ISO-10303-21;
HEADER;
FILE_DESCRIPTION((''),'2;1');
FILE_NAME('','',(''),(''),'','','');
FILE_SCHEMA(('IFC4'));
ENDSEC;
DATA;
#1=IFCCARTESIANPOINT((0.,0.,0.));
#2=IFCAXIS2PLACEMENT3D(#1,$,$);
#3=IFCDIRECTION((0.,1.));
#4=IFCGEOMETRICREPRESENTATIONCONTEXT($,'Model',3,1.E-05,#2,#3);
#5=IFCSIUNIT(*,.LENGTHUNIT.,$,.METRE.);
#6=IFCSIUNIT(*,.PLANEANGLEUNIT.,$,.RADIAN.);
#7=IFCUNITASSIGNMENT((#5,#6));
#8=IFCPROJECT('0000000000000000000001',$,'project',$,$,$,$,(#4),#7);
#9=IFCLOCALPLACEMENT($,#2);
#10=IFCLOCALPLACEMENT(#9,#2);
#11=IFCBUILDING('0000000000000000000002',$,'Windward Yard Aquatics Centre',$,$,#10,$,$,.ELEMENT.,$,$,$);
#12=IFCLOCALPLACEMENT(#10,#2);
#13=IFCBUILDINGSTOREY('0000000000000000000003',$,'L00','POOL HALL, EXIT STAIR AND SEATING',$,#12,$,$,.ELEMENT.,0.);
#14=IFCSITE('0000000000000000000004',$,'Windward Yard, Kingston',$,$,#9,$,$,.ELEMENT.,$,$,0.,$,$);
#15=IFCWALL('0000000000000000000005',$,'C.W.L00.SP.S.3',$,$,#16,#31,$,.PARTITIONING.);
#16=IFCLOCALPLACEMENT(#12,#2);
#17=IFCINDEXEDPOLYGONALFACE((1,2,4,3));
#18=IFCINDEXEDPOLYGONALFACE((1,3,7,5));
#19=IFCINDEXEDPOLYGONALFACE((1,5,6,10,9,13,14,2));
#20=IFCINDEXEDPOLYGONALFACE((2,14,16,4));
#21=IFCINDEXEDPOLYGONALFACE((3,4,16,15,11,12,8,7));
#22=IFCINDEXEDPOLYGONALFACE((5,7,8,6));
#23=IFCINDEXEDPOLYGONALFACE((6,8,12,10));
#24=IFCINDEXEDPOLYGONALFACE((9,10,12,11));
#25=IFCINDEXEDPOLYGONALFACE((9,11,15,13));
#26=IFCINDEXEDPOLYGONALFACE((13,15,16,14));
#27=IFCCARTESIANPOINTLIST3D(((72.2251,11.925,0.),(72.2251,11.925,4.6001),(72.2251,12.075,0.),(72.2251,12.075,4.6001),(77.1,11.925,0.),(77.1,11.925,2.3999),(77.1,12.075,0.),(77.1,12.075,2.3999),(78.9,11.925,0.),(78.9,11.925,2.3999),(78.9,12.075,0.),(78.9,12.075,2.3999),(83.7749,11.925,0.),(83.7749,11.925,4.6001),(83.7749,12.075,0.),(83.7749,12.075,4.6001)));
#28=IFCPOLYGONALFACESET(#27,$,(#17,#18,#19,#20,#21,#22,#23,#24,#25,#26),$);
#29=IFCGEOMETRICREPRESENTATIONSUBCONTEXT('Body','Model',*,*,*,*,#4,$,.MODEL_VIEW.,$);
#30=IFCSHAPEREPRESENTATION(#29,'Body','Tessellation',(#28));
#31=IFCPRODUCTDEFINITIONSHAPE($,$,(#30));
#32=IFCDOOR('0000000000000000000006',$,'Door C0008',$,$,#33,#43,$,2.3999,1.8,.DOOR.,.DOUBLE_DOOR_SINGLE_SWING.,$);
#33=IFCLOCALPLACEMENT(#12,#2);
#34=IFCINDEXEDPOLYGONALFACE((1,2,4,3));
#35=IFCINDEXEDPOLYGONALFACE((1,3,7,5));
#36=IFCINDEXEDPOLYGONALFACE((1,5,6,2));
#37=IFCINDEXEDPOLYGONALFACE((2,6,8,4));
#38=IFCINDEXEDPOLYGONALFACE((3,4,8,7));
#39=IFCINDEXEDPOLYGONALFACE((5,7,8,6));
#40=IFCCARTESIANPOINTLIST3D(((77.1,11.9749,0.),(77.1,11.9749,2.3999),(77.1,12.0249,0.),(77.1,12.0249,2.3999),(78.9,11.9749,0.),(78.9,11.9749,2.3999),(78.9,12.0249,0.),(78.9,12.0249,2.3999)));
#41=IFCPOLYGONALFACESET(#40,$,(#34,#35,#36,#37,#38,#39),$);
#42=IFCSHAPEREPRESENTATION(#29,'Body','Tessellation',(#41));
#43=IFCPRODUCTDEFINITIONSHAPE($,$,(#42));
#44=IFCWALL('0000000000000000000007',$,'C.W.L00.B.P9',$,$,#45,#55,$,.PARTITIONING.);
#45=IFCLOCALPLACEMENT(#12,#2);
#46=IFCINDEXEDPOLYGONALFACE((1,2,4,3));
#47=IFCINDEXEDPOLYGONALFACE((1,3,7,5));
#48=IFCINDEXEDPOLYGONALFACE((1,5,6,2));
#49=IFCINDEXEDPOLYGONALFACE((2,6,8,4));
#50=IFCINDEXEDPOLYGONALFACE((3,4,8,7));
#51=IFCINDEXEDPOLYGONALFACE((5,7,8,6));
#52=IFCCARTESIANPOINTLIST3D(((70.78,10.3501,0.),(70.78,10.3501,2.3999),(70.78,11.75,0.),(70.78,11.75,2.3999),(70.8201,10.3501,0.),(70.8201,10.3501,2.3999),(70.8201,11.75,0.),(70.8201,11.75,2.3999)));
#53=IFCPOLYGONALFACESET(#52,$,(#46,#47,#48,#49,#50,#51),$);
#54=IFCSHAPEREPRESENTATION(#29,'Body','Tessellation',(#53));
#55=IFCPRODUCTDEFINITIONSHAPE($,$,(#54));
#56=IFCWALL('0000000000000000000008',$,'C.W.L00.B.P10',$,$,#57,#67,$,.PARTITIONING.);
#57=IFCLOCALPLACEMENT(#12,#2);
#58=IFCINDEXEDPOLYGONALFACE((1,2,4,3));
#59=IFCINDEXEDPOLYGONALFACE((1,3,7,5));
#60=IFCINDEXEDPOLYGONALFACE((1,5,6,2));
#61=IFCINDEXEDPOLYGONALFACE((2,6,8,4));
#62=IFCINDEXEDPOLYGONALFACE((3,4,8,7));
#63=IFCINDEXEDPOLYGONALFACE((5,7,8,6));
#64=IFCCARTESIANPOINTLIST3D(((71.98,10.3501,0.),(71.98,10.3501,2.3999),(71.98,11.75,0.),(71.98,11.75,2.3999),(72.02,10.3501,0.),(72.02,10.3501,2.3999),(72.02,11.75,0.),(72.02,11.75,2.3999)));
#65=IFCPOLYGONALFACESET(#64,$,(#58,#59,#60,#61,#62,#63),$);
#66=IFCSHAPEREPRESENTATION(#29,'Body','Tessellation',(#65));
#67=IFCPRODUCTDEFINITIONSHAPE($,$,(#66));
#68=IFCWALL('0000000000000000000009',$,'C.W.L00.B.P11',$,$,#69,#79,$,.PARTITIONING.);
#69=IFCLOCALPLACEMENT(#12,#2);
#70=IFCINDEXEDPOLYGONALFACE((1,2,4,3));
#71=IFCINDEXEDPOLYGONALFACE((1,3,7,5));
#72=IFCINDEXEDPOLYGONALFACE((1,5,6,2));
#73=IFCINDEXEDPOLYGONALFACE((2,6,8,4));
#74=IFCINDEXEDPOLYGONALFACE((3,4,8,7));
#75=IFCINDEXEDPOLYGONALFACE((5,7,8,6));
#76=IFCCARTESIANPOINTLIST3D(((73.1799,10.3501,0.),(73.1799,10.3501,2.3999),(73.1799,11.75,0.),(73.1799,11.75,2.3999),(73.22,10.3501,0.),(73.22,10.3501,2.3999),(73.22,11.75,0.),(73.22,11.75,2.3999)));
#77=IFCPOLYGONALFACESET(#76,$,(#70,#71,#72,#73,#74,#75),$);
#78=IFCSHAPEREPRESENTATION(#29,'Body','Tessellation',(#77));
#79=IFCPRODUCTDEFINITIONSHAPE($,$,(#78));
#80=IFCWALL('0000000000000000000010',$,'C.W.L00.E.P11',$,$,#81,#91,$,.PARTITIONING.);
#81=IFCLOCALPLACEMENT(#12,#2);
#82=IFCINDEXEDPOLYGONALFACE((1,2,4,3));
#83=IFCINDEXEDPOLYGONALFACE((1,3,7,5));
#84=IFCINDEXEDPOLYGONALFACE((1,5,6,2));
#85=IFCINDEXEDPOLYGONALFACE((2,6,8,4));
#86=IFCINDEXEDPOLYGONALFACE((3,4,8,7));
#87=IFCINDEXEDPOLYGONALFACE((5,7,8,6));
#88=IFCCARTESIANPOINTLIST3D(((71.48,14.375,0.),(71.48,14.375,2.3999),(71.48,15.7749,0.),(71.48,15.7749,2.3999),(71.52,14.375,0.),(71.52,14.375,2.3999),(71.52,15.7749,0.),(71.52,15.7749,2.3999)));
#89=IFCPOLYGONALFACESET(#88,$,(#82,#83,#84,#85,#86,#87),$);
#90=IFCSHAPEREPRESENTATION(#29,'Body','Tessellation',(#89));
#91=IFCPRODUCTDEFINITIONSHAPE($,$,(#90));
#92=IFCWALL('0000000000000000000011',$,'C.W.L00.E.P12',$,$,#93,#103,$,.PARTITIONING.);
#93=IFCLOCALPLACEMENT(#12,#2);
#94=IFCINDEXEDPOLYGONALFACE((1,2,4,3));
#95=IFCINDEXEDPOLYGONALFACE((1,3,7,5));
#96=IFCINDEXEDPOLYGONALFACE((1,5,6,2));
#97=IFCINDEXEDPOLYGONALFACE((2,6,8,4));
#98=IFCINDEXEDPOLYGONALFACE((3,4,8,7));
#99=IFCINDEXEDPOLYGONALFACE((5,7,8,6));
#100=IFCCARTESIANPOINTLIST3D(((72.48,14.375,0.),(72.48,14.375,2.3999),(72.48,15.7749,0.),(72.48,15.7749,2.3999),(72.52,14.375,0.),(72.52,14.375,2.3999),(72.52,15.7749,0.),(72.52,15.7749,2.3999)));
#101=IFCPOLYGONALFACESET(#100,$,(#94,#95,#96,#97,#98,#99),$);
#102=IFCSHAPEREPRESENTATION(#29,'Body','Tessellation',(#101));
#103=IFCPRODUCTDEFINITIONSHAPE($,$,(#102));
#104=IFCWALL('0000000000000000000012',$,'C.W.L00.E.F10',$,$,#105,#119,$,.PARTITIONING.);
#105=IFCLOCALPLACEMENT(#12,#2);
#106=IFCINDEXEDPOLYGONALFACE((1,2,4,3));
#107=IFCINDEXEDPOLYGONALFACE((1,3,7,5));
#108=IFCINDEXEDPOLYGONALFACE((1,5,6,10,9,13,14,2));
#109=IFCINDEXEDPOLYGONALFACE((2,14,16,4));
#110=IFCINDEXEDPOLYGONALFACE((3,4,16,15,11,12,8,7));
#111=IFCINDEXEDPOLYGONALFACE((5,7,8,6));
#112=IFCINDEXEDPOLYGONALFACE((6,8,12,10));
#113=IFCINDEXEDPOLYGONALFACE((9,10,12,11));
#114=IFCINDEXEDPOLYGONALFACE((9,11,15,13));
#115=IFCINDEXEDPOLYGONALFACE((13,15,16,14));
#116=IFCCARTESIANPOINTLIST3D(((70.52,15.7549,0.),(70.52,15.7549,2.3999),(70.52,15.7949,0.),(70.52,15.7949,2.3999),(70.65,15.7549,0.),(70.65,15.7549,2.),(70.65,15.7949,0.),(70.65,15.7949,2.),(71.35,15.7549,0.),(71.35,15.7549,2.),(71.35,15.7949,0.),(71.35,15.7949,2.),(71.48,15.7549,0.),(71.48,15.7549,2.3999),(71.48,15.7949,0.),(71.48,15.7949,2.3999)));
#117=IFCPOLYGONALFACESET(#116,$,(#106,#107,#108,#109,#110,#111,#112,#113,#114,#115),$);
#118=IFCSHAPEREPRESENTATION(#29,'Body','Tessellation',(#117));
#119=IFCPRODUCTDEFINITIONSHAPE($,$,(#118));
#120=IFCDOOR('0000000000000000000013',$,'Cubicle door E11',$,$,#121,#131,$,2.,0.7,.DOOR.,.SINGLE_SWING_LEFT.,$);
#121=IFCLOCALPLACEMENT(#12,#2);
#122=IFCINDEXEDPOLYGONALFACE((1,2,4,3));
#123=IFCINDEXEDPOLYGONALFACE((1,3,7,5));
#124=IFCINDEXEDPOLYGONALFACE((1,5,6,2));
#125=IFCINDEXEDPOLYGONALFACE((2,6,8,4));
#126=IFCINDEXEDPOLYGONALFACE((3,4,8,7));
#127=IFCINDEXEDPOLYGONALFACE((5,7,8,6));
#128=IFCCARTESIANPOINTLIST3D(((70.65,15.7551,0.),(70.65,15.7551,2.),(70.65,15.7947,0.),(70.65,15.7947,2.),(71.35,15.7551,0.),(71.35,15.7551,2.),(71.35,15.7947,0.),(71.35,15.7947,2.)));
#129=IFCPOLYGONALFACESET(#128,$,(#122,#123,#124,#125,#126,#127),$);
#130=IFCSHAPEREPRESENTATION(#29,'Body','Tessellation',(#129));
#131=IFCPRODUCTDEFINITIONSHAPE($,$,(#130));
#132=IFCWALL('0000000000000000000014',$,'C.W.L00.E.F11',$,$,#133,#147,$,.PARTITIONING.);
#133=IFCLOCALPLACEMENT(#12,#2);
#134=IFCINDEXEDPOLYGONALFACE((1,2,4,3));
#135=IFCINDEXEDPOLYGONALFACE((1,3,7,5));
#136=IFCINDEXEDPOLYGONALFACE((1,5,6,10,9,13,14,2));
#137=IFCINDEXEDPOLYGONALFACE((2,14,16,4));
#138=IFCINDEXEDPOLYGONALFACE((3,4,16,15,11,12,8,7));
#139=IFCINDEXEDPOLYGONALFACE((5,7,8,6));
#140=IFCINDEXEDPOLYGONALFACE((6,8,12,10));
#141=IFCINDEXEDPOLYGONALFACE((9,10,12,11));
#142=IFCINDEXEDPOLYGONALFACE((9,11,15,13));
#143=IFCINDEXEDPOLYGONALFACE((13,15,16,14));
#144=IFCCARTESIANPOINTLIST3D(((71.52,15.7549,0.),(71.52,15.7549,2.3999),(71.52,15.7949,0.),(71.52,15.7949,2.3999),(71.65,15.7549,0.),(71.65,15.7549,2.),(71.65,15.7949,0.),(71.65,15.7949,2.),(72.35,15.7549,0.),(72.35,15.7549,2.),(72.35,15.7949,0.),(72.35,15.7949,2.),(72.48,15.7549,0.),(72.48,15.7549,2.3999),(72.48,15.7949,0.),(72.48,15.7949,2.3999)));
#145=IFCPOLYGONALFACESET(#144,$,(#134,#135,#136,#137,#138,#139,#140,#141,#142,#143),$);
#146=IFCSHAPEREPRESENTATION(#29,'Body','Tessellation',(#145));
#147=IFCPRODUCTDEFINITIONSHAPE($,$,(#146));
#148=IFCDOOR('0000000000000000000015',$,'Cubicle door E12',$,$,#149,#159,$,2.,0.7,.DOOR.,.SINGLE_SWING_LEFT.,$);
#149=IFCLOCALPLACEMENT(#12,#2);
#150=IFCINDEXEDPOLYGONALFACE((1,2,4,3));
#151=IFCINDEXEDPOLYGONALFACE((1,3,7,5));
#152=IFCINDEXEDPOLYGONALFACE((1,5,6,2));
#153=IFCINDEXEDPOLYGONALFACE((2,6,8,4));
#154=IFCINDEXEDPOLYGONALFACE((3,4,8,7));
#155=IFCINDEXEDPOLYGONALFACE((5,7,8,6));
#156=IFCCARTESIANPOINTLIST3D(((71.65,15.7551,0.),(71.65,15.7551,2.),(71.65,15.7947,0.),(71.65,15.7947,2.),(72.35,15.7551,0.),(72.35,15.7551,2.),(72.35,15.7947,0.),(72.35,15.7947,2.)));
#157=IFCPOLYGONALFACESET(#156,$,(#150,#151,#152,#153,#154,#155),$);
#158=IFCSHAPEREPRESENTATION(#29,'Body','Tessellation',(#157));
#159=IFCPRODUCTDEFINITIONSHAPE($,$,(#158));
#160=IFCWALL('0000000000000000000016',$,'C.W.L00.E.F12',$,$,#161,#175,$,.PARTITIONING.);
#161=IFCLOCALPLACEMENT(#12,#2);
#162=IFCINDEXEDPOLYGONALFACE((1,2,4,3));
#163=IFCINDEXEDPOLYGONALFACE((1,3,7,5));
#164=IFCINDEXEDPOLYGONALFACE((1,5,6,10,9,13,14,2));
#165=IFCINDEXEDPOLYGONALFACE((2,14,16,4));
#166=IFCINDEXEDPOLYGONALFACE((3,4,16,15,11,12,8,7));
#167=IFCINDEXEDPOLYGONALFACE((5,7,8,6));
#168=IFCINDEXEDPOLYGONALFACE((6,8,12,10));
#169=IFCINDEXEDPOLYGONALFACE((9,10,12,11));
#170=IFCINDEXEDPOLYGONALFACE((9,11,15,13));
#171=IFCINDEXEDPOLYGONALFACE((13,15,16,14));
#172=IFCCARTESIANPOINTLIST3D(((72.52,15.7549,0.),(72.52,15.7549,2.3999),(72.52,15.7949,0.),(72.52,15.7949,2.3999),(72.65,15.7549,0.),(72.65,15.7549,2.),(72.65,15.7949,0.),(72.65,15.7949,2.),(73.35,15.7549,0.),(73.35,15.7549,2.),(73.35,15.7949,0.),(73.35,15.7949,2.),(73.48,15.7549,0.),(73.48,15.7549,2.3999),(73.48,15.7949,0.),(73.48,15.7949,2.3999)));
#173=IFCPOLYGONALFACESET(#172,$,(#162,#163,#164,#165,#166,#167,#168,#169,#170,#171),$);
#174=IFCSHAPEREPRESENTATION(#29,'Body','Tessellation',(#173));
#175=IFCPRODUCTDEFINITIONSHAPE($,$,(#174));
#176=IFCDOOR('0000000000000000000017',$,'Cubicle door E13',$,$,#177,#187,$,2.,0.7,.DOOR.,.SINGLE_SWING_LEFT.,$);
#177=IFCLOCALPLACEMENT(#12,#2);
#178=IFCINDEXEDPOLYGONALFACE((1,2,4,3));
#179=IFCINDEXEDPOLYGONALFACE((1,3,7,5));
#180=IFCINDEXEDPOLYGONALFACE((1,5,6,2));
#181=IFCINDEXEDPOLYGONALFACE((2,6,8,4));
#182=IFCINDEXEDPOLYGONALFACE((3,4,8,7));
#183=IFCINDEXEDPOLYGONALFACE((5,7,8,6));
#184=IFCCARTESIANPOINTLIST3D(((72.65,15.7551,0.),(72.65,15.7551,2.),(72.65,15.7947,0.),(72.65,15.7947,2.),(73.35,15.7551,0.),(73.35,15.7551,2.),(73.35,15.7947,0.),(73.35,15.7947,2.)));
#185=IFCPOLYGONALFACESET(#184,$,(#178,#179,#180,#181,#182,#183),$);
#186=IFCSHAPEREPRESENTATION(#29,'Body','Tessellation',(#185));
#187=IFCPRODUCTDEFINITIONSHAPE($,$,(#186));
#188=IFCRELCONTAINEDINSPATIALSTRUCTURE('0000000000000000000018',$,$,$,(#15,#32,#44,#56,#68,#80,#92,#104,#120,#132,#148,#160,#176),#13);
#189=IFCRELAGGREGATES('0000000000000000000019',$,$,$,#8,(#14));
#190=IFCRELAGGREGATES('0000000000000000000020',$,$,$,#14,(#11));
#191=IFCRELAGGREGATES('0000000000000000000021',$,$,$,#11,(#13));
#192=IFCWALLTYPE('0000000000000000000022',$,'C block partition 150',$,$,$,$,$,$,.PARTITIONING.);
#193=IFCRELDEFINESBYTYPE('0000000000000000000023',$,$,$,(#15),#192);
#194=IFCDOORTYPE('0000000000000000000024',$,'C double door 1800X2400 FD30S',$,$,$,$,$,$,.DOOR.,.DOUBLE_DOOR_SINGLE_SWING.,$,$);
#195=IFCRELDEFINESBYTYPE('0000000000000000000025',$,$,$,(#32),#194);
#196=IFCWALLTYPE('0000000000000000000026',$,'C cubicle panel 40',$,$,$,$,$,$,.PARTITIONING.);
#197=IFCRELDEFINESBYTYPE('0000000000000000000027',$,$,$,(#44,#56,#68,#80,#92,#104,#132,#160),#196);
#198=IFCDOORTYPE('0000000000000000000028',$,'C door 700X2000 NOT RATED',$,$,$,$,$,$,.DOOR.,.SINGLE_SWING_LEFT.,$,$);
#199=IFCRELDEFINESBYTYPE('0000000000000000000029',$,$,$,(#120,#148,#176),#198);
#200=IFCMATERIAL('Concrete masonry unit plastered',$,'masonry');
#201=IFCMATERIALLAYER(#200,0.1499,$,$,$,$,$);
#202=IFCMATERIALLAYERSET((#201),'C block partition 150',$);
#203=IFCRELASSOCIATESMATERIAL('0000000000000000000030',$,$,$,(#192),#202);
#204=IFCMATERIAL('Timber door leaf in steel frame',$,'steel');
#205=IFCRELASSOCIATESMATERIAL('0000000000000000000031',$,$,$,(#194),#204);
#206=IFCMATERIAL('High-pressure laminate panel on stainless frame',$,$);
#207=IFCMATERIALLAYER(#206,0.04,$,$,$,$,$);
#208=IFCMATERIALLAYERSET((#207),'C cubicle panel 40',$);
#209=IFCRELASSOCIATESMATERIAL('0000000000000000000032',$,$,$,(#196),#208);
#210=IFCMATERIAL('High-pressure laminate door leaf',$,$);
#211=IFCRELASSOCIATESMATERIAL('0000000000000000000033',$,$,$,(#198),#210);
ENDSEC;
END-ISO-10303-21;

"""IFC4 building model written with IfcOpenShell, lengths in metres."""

from ifc_helpers import new_model, si_unit, direction, frame, frame_2d, origin, place, context, subcontext, project, spatial, rectangle, extrude, material, layer, layer_set, type_object, element, fill, save


model = new_model("IFC4")

# Units and contexts
model_context = context("Model", 3, precision=1e-05, world=origin(), true_north=direction((0.0, 1.0)))
body_context = subcontext(model_context, "Body", "Model", "MODEL_VIEW")
ifc_project = project(units=[si_unit("LENGTHUNIT", "METRE"), si_unit("PLANEANGLEUNIT", "RADIAN")], contexts=[model_context])

# Site, building, storey
site_placement = place(None, origin())
site = spatial("IfcSite", under=ifc_project, at=site_placement, Name="Windward Yard, Kingston", CompositionType="ELEMENT", RefElevation=0.0)
building_placement = place(site_placement, origin())
building = spatial("IfcBuilding", under=site, at=building_placement, Name="Windward Yard Aquatics Centre", CompositionType="ELEMENT")
storey_placement = place(building_placement, origin())
storey = spatial("IfcBuildingStorey", under=building, at=storey_placement, Name="L00", Description="POOL HALL, EXIT STAIR AND SEATING", CompositionType="ELEMENT", Elevation=0.0)

# Wall, opening, door
ifc_material_1 = material(Name="Concrete masonry unit plastered", Category="masonry")
ifc_layer_1 = layer(ifc_material_1, 0.1499)
ifc_layer_set_1 = layer_set([ifc_layer_1], Name="C block partition 150")
wall_type_1 = type_object("IfcWallType", Name="C block partition 150", PredefinedType="PARTITIONING", material=ifc_layer_set_1)
wall_1_placement = place(storey_placement, frame((72.2251, 12.0, 0.0), z_axis=(0.0, 0.0, 1.0), x_axis=(1.0, 0.0, 0.0)))
wall_1 = element("IfcWall", 1, at=wall_1_placement, inside=storey, type_object=wall_type_1, Name="C.W.L00.SP.S.3", PredefinedType="PARTITIONING", context=body_context, shape_type="SweptSolid", body=[
    extrude(rectangle(XDim=11.5498, YDim=0.1499, at=frame_2d((5.7749, 0.0))), origin(), (0.0, 0.0, 1.0), 4.6001),
])
opening_1_placement = place(wall_1_placement, frame((4.875, 0.0, 0.0)))
opening_1 = element("IfcOpeningElement", 2, at=opening_1_placement, cuts=wall_1, PredefinedType="OPENING", context=body_context, shape_type="SweptSolid", body=[
    extrude(rectangle(XDim=1.8, YDim=2.3999, at=frame_2d((0.8999, 1.2))), frame((0.0, 0.085, 0.0), z_axis=(0.0, -1.0, 0.0), x_axis=(1.0, 0.0, 0.0)), (0.0, 0.0, 1.0), 0.1699),
])
ifc_material_2 = material(Name="Timber door leaf in steel frame", Category="steel")
door_type_1 = type_object("IfcDoorType", Name="C double door 1800X2400 FD30S", OperationType="DOUBLE_DOOR_SINGLE_SWING", PredefinedType="DOOR", material=ifc_material_2)
door_1_placement = place(opening_1_placement, origin())
door_1 = element("IfcDoor", 3, at=door_1_placement, inside=storey, type_object=door_type_1, Name="Door C0008", OperationType="DOUBLE_DOOR_SINGLE_SWING", OverallHeight=2.3999, OverallWidth=1.8, PredefinedType="DOOR", context=body_context, shape_type="SweptSolid", body=[
    extrude(rectangle(XDim=1.8, YDim=2.3999, at=frame_2d((0.8999, 1.2))), frame((0.0, 0.0249, 0.0), z_axis=(0.0, -1.0, 0.0), x_axis=(1.0, 0.0, 0.0)), (0.0, 0.0, 1.0), 0.05),
])
fill(opening_1, door_1)

# Walls
ifc_material_3 = material(Name="High-pressure laminate panel on stainless frame")
ifc_layer_2 = layer(ifc_material_3, 0.04)
ifc_layer_set_2 = layer_set([ifc_layer_2], Name="C cubicle panel 40")
wall_type_2 = type_object("IfcWallType", Name="C cubicle panel 40", PredefinedType="PARTITIONING", material=ifc_layer_set_2)
for number, where, z_axis, x_axis, name in (
    (4, (70.8, 11.75, 0.0), (0.0, 0.0, 1.0), (0.0, -1.0, 0.0), "C.W.L00.B.P9"),
    (5, (72.0, 11.75, 0.0), (0.0, 0.0, 1.0), (0.0, -1.0, 0.0), "C.W.L00.B.P10"),
    (6, (73.2, 11.75, 0.0), (0.0, 0.0, 1.0), (0.0, -1.0, 0.0), "C.W.L00.B.P11"),
    (7, (71.5, 14.375, 0.0), (0.0, 0.0, 1.0), (0.0, 1.0, 0.0), "C.W.L00.E.P11"),
    (8, (72.5, 14.375, 0.0), (0.0, 0.0, 1.0), (0.0, 1.0, 0.0), "C.W.L00.E.P12"),
):
    element("IfcWall", number, at=place(storey_placement, frame(where, z_axis=z_axis, x_axis=x_axis)), inside=storey, type_object=wall_type_2, Name=name, PredefinedType="PARTITIONING", context=body_context, shape_type="SweptSolid", body=[
        extrude(rectangle(XDim=1.3999, YDim=0.04, at=frame_2d((0.7, 0.0))), origin(), (0.0, 0.0, 1.0), 2.3999),
    ])

# Walls, openings, doors
wall_2_placement = place(storey_placement, frame((70.52, 15.7749, 0.0), z_axis=(0.0, 0.0, 1.0), x_axis=(1.0, 0.0, 0.0)))
wall_2 = element("IfcWall", 9, at=wall_2_placement, inside=storey, type_object=wall_type_2, Name="C.W.L00.E.F10", PredefinedType="PARTITIONING", context=body_context, shape_type="SweptSolid", body=[
    extrude(rectangle(XDim=0.96, YDim=0.04, at=frame_2d((0.48, 0.0))), origin(), (0.0, 0.0, 1.0), 2.3999),
])
opening_2_placement = place(wall_2_placement, frame((0.1299, 0.0, 0.0)))
opening_2 = element("IfcOpeningElement", 10, at=opening_2_placement, cuts=wall_2, PredefinedType="OPENING", context=body_context, shape_type="SweptSolid", body=[
    extrude(rectangle(XDim=0.7, YDim=2.0, at=frame_2d((0.3501, 1.0))), frame((0.0, 0.03, 0.0), z_axis=(0.0, -1.0, 0.0), x_axis=(1.0, 0.0, 0.0)), (0.0, 0.0, 1.0), 0.0601),
])
ifc_material_4 = material(Name="High-pressure laminate door leaf")
door_type_2 = type_object("IfcDoorType", Name="C door 700X2000 NOT RATED", OperationType="SINGLE_SWING_LEFT", PredefinedType="DOOR", material=ifc_material_4)
door_2_placement = place(opening_2_placement, origin())
door_2 = element("IfcDoor", 11, at=door_2_placement, inside=storey, type_object=door_type_2, Name="Cubicle door E11", OperationType="SINGLE_SWING_LEFT", OverallHeight=2.0, OverallWidth=0.7, PredefinedType="DOOR", context=body_context, shape_type="SweptSolid", body=[
    extrude(rectangle(XDim=0.7, YDim=2.0, at=frame_2d((0.3501, 1.0))), frame((0.0, 0.0198, 0.0), z_axis=(0.0, -1.0, 0.0), x_axis=(1.0, 0.0, 0.0)), (0.0, 0.0, 1.0), 0.0396),
])
fill(opening_2, door_2)
wall_3_placement = place(storey_placement, frame((71.52, 15.7749, 0.0), z_axis=(0.0, 0.0, 1.0), x_axis=(1.0, 0.0, 0.0)))
wall_3 = element("IfcWall", 12, at=wall_3_placement, inside=storey, type_object=wall_type_2, Name="C.W.L00.E.F11", PredefinedType="PARTITIONING", context=body_context, shape_type="SweptSolid", body=[
    extrude(rectangle(XDim=0.96, YDim=0.04, at=frame_2d((0.48, 0.0))), origin(), (0.0, 0.0, 1.0), 2.3999),
])
opening_3_placement = place(wall_3_placement, frame((0.1299, 0.0, 0.0)))
opening_3 = element("IfcOpeningElement", 13, at=opening_3_placement, cuts=wall_3, PredefinedType="OPENING", context=body_context, shape_type="SweptSolid", body=[
    extrude(rectangle(XDim=0.7, YDim=2.0, at=frame_2d((0.3501, 1.0))), frame((0.0, 0.03, 0.0), z_axis=(0.0, -1.0, 0.0), x_axis=(1.0, 0.0, 0.0)), (0.0, 0.0, 1.0), 0.0601),
])
door_3_placement = place(opening_3_placement, origin())
door_3 = element("IfcDoor", 14, at=door_3_placement, inside=storey, type_object=door_type_2, Name="Cubicle door E12", OperationType="SINGLE_SWING_LEFT", OverallHeight=2.0, OverallWidth=0.7, PredefinedType="DOOR", context=body_context, shape_type="SweptSolid", body=[
    extrude(rectangle(XDim=0.7, YDim=2.0, at=frame_2d((0.3501, 1.0))), frame((0.0, 0.0198, 0.0), z_axis=(0.0, -1.0, 0.0), x_axis=(1.0, 0.0, 0.0)), (0.0, 0.0, 1.0), 0.0396),
])
fill(opening_3, door_3)
wall_4_placement = place(storey_placement, frame((72.52, 15.7749, 0.0), z_axis=(0.0, 0.0, 1.0), x_axis=(1.0, 0.0, 0.0)))
wall_4 = element("IfcWall", 15, at=wall_4_placement, inside=storey, type_object=wall_type_2, Name="C.W.L00.E.F12", PredefinedType="PARTITIONING", context=body_context, shape_type="SweptSolid", body=[
    extrude(rectangle(XDim=0.96, YDim=0.04, at=frame_2d((0.48, 0.0))), origin(), (0.0, 0.0, 1.0), 2.3999),
])
opening_4_placement = place(wall_4_placement, frame((0.1299, 0.0, 0.0)))
opening_4 = element("IfcOpeningElement", 16, at=opening_4_placement, cuts=wall_4, PredefinedType="OPENING", context=body_context, shape_type="SweptSolid", body=[
    extrude(rectangle(XDim=0.7, YDim=2.0, at=frame_2d((0.3501, 1.0))), frame((0.0, 0.03, 0.0), z_axis=(0.0, -1.0, 0.0), x_axis=(1.0, 0.0, 0.0)), (0.0, 0.0, 1.0), 0.0601),
])
door_4_placement = place(opening_4_placement, origin())
door_4 = element("IfcDoor", 17, at=door_4_placement, inside=storey, type_object=door_type_2, Name="Cubicle door E13", OperationType="SINGLE_SWING_LEFT", OverallHeight=2.0, OverallWidth=0.7, PredefinedType="DOOR", context=body_context, shape_type="SweptSolid", body=[
    extrude(rectangle(XDim=0.7, YDim=2.0, at=frame_2d((0.3501, 1.0))), frame((0.0, 0.0198, 0.0), z_axis=(0.0, -1.0, 0.0), x_axis=(1.0, 0.0, 0.0)), (0.0, 0.0, 1.0), 0.0396),
])
fill(opening_4, door_4)

save(model, "model.ifc")
